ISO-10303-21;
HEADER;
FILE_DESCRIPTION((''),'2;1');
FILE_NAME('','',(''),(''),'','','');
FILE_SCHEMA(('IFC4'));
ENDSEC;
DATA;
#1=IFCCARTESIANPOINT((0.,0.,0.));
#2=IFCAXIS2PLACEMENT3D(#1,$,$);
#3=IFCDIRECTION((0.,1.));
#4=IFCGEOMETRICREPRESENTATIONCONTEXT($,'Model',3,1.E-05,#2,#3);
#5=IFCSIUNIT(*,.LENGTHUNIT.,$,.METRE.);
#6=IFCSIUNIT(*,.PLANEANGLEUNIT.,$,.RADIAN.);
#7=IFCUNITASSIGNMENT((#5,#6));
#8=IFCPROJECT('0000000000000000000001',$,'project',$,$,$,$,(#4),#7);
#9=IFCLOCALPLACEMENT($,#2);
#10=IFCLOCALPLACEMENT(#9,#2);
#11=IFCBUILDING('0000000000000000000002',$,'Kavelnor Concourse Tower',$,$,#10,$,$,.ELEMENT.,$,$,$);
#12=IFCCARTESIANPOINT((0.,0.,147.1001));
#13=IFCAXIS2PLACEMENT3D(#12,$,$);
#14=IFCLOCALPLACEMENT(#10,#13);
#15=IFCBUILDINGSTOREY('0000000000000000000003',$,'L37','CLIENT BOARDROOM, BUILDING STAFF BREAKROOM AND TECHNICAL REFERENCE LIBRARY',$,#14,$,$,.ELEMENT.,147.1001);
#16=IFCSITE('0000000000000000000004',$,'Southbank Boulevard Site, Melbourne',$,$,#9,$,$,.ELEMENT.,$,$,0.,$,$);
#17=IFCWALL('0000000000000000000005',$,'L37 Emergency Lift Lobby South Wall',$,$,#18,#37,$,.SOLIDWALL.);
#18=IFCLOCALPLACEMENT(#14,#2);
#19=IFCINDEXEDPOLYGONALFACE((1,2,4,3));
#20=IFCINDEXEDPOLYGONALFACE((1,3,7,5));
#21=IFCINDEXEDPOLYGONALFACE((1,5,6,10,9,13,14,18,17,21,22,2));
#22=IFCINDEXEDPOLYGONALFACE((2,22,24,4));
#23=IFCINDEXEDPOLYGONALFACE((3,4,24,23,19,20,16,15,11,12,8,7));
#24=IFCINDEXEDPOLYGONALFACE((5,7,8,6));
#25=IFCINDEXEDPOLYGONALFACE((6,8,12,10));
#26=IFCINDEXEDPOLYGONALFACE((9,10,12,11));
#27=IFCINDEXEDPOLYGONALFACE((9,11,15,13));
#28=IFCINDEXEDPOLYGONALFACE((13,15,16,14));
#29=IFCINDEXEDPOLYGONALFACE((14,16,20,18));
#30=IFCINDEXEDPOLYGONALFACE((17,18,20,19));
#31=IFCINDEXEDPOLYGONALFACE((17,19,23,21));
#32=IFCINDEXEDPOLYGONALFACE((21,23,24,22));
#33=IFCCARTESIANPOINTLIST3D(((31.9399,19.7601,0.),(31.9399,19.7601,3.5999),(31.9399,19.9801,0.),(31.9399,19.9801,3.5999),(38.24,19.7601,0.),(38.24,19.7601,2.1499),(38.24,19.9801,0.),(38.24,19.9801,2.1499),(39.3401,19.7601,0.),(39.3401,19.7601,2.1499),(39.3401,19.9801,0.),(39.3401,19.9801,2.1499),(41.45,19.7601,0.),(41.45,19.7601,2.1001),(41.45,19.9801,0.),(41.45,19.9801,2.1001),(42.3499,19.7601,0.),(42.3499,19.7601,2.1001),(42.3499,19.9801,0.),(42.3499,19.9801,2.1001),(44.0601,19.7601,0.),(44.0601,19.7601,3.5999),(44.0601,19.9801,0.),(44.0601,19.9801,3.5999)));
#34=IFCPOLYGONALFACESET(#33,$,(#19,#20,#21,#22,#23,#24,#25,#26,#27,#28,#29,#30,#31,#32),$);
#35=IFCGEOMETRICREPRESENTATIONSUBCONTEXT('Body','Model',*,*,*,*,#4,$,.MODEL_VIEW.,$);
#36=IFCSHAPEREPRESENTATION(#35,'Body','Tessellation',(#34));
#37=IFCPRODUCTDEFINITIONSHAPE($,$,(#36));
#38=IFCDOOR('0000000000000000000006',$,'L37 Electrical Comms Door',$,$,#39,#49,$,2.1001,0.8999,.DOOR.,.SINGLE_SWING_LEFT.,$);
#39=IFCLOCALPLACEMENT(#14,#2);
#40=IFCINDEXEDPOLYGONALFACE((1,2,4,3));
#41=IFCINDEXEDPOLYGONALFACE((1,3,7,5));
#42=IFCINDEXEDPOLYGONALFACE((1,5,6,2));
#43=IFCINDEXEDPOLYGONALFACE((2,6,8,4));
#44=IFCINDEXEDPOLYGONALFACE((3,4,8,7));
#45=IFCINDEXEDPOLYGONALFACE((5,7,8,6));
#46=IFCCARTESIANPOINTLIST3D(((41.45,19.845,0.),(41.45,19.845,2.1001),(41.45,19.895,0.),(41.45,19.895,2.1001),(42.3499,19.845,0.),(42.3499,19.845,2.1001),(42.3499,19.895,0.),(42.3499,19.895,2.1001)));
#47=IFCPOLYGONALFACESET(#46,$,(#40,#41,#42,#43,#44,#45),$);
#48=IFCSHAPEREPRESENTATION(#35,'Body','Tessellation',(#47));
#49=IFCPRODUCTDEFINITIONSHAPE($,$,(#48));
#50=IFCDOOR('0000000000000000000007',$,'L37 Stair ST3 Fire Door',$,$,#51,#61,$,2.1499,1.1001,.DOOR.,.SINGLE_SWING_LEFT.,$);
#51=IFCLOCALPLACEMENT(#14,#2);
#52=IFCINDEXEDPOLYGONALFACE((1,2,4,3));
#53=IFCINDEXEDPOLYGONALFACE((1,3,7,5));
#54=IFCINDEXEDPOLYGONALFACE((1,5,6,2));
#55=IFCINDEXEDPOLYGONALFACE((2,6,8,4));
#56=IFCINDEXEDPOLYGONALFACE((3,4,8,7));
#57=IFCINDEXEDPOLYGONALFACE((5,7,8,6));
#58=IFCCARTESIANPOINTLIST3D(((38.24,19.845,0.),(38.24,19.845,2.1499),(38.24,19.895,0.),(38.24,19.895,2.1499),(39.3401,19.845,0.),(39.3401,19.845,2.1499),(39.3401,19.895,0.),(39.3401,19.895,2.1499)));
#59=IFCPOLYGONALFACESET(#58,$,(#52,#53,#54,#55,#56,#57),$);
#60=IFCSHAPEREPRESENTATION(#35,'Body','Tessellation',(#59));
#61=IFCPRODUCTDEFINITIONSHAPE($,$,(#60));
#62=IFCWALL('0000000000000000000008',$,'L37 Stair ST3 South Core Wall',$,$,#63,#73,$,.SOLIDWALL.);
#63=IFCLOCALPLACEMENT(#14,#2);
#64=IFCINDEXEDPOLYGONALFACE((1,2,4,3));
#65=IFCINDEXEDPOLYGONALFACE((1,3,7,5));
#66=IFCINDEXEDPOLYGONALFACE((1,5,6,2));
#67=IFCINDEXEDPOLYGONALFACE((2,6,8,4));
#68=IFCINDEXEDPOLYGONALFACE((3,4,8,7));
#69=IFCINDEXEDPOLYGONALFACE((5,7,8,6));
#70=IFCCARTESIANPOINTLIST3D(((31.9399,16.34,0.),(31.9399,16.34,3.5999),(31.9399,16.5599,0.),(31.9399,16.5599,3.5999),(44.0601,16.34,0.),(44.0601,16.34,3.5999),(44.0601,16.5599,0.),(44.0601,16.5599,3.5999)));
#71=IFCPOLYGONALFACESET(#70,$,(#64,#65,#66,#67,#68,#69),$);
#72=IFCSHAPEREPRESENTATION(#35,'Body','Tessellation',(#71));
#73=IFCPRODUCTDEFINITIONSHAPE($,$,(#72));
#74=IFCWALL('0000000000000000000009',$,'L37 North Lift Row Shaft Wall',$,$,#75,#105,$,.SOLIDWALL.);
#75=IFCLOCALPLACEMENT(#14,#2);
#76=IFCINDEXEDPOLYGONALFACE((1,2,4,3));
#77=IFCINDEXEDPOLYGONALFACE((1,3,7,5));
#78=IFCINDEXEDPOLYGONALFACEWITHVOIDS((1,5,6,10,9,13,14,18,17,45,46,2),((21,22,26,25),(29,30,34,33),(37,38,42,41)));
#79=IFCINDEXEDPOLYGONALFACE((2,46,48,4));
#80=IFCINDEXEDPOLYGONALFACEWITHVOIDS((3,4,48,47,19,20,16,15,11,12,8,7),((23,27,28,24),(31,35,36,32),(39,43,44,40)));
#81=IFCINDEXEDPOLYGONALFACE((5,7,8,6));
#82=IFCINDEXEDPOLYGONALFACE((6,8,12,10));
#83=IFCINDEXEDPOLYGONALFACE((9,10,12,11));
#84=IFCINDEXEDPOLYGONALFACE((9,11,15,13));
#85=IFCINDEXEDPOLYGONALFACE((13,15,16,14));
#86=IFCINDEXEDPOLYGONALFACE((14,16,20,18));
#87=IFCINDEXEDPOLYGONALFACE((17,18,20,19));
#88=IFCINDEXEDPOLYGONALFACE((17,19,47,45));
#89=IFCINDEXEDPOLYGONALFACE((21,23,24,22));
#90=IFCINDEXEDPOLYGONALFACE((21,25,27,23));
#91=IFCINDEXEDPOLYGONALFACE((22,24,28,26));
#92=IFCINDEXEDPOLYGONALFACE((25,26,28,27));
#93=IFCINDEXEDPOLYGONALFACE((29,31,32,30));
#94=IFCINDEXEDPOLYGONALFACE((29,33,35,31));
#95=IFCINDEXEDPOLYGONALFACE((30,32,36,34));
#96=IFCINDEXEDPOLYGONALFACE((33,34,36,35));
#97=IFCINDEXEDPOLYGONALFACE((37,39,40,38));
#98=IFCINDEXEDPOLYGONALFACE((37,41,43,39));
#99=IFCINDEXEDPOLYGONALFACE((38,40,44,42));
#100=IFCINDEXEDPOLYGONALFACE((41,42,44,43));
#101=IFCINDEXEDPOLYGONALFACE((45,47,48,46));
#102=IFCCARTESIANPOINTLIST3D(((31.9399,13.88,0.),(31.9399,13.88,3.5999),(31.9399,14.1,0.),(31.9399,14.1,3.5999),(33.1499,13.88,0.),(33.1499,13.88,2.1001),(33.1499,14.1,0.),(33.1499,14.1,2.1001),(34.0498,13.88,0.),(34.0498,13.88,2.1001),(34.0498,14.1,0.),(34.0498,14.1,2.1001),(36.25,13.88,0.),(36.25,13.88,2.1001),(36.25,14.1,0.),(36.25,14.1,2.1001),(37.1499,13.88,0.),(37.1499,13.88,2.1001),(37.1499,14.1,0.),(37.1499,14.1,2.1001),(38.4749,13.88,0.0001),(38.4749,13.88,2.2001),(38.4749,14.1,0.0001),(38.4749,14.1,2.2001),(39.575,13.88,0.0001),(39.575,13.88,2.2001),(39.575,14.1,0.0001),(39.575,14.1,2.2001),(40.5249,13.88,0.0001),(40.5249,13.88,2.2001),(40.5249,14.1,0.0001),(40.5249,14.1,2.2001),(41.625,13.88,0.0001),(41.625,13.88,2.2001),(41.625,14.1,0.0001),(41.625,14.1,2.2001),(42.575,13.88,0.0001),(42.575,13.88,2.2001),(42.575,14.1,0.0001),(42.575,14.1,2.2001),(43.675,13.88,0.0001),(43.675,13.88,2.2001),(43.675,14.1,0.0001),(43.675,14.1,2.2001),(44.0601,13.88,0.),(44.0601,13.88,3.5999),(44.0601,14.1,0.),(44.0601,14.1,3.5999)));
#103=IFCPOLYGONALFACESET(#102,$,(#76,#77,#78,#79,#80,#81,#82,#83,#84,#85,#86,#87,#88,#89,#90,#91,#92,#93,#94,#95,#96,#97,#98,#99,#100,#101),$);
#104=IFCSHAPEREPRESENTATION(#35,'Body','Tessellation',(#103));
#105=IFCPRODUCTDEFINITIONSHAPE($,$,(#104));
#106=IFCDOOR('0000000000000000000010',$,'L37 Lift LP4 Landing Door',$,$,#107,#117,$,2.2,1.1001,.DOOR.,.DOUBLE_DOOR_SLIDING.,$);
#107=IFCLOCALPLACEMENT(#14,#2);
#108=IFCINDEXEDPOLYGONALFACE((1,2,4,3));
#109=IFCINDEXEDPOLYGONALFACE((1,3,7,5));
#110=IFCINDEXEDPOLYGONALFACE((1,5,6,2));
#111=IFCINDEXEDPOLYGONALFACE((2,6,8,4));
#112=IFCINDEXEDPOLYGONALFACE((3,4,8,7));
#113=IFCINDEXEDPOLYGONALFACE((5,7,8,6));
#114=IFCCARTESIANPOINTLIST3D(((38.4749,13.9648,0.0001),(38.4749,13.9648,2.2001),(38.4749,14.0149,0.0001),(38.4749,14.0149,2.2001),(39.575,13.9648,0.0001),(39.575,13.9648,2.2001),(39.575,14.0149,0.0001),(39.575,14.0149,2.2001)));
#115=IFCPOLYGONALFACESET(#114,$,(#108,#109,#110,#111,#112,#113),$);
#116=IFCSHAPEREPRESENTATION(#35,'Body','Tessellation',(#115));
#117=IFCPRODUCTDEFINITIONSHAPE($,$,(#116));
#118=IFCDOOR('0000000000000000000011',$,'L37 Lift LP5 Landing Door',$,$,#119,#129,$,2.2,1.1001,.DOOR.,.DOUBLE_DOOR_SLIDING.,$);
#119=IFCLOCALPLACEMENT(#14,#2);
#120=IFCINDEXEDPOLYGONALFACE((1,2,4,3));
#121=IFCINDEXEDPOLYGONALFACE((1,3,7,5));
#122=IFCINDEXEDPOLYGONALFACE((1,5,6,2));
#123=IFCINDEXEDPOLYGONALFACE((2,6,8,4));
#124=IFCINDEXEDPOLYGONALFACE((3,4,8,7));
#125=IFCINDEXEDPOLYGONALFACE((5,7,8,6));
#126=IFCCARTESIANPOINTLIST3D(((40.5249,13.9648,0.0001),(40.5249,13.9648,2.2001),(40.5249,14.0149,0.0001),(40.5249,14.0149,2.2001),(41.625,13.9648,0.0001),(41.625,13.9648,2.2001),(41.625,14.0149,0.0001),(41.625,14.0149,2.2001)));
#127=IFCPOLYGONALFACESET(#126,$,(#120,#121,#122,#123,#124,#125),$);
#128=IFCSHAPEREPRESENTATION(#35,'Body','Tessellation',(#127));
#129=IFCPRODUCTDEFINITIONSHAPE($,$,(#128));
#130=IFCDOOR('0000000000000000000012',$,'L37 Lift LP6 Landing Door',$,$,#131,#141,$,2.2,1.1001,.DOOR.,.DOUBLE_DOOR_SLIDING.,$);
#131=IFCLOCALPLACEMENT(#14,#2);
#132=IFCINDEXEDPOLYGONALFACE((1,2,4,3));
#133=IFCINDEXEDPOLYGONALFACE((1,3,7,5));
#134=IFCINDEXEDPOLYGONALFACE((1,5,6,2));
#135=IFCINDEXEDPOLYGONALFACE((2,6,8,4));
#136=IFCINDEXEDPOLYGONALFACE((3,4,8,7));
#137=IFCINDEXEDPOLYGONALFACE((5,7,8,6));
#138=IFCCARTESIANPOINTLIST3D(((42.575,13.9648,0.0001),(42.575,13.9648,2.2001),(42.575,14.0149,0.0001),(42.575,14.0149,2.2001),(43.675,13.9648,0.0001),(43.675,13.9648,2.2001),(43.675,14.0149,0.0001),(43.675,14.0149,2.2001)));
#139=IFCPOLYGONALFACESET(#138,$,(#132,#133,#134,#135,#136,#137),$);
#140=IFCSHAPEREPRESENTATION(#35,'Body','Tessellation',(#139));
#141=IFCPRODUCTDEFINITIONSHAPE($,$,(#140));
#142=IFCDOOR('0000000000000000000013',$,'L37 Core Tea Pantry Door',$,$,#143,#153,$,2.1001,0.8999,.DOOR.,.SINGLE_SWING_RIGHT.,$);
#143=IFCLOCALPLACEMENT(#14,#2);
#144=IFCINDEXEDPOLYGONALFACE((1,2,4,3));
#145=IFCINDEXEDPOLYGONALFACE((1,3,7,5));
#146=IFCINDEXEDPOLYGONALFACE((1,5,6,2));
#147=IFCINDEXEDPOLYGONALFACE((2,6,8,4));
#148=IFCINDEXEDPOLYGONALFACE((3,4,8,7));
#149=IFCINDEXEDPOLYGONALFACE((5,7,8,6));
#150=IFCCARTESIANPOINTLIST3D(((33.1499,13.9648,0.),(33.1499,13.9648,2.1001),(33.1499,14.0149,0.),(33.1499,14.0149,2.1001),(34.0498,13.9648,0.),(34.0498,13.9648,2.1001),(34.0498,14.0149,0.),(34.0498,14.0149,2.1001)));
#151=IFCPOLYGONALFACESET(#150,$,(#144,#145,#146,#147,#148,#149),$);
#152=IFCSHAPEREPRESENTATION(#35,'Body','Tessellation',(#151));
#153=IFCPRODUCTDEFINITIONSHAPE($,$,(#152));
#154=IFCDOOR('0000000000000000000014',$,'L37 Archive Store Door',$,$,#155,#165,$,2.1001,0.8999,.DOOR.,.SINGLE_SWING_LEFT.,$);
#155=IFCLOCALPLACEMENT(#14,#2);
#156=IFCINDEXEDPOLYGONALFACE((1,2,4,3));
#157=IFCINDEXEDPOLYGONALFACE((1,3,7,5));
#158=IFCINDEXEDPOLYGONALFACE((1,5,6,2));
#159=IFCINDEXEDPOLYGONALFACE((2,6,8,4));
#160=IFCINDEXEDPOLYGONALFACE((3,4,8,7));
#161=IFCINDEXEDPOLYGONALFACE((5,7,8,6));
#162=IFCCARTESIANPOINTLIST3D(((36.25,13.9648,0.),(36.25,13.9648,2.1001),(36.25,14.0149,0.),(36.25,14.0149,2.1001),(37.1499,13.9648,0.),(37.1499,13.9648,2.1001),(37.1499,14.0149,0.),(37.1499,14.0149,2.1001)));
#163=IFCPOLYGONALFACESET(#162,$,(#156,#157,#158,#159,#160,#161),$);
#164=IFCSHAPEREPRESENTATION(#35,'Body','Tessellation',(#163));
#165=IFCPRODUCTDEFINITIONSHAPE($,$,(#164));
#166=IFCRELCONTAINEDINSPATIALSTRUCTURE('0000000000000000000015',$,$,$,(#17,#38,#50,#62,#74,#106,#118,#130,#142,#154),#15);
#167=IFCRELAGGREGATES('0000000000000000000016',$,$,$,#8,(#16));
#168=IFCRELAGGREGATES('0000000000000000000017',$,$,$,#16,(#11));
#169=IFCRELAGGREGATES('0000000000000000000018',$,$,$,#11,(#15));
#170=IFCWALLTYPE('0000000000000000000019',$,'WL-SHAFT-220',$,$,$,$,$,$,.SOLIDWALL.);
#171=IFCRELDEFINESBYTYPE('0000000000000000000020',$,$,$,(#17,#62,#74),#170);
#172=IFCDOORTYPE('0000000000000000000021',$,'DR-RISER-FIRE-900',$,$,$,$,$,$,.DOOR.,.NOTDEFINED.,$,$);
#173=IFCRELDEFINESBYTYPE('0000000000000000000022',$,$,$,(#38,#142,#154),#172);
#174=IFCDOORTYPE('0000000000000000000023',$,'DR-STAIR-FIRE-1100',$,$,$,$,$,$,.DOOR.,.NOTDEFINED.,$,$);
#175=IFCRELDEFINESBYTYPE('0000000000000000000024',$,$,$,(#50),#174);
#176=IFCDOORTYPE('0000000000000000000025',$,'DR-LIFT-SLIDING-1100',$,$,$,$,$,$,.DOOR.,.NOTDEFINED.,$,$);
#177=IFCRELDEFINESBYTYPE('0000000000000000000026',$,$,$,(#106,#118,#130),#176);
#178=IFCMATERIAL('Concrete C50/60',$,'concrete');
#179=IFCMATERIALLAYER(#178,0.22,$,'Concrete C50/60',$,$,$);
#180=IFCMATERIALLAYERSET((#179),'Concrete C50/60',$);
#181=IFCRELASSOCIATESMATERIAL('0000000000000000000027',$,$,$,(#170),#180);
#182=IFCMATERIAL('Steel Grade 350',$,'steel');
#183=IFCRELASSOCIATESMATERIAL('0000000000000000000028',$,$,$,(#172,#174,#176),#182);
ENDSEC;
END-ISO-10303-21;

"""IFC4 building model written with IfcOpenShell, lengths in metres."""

from ifc_helpers import new_model, si_unit, direction, frame, frame_2d, origin, place, context, subcontext, project, spatial, rectangle, extrude, material, layer, layer_set, type_object, element, fill, save


model = new_model("IFC4")

# Units and contexts
model_context = context("Model", 3, precision=1e-05, world=origin(), true_north=direction((0.0, 1.0)))
body_context = subcontext(model_context, "Body", "Model", "MODEL_VIEW")
ifc_project = project(units=[si_unit("LENGTHUNIT", "METRE"), si_unit("PLANEANGLEUNIT", "RADIAN")], contexts=[model_context])

# Site, building, storey
site_placement = place(None, origin())
site = spatial("IfcSite", under=ifc_project, at=site_placement, Name="Southbank Boulevard Site, Melbourne", CompositionType="ELEMENT", RefElevation=0.0)
building_placement = place(site_placement, origin())
building = spatial("IfcBuilding", under=site, at=building_placement, Name="Kavelnor Concourse Tower", CompositionType="ELEMENT")
storey_placement = place(building_placement, frame((0.0, 0.0, 147.1001)))
storey = spatial("IfcBuildingStorey", under=building, at=storey_placement, Name="L37", Description="CLIENT BOARDROOM, BUILDING STAFF BREAKROOM AND TECHNICAL REFERENCE LIBRARY", CompositionType="ELEMENT", Elevation=147.1001)

# Shared definitions
ifc_material_1 = material(Name="Steel Grade 350", Category="steel")

# Wall, openings, doors
ifc_material_2 = material(Name="Concrete C50/60", Category="concrete")
ifc_layer_1 = layer(ifc_material_2, 0.22, Name="Concrete C50/60")
ifc_layer_set_1 = layer_set([ifc_layer_1], Name="Concrete C50/60")
wall_type_1 = type_object("IfcWallType", Name="WL-SHAFT-220", PredefinedType="SOLIDWALL", material=ifc_layer_set_1)
wall_1_placement = place(storey_placement, frame((31.9399, 19.8701, 0.0), z_axis=(0.0, 0.0, 1.0), x_axis=(1.0, 0.0, 0.0)))
wall_1 = element("IfcWall", 1, at=wall_1_placement, inside=storey, type_object=wall_type_1, Name="L37 Emergency Lift Lobby South Wall", PredefinedType="SOLIDWALL", context=body_context, shape_type="SweptSolid", body=[
    extrude(rectangle(XDim=12.1201, YDim=0.22, at=frame_2d((6.0601, 0.0))), origin(), (0.0, 0.0, 1.0), 3.5999),
])
opening_1_placement = place(wall_1_placement, frame((6.3, 0.0, 0.0)))
opening_1 = element("IfcOpeningElement", 2, at=opening_1_placement, cuts=wall_1, PredefinedType="OPENING", context=body_context, shape_type="SweptSolid", body=[
    extrude(rectangle(XDim=1.1001, YDim=2.1499, at=frame_2d((0.55, 1.075))), frame((0.0, 0.1201, 0.0), z_axis=(0.0, -1.0, 0.0), x_axis=(1.0, 0.0, 0.0)), (0.0, 0.0, 1.0), 0.24),
])
opening_2_placement = place(wall_1_placement, frame((9.51, 0.0, 0.0)))
opening_2 = element("IfcOpeningElement", 3, at=opening_2_placement, cuts=wall_1, PredefinedType="OPENING", context=body_context, shape_type="SweptSolid", body=[
    extrude(rectangle(XDim=0.8999, YDim=2.1001, at=frame_2d((0.45, 1.05))), frame((0.0, 0.1201, 0.0), z_axis=(0.0, -1.0, 0.0), x_axis=(1.0, 0.0, 0.0)), (0.0, 0.0, 1.0), 0.24),
])
door_type_1 = type_object("IfcDoorType", Name="DR-RISER-FIRE-900", OperationType="NOTDEFINED", PredefinedType="DOOR", material=ifc_material_1)
door_1_placement = place(opening_2_placement, origin())
door_1 = element("IfcDoor", 4, at=door_1_placement, inside=storey, type_object=door_type_1, Name="L37 Electrical Comms Door", OperationType="SINGLE_SWING_LEFT", OverallHeight=2.1001, OverallWidth=0.8999, PredefinedType="DOOR", context=body_context, shape_type="SweptSolid", body=[
    extrude(rectangle(XDim=0.8999, YDim=2.1001, at=frame_2d((0.45, 1.05))), frame((0.0, 0.0249, 0.0), z_axis=(0.0, -1.0, 0.0), x_axis=(1.0, 0.0, 0.0)), (0.0, 0.0, 1.0), 0.05),
])
fill(opening_2, door_1)
door_type_2 = type_object("IfcDoorType", Name="DR-STAIR-FIRE-1100", OperationType="NOTDEFINED", PredefinedType="DOOR", material=ifc_material_1)
door_2_placement = place(opening_1_placement, origin())
door_2 = element("IfcDoor", 5, at=door_2_placement, inside=storey, type_object=door_type_2, Name="L37 Stair ST3 Fire Door", OperationType="SINGLE_SWING_LEFT", OverallHeight=2.1499, OverallWidth=1.1001, PredefinedType="DOOR", context=body_context, shape_type="SweptSolid", body=[
    extrude(rectangle(XDim=1.1001, YDim=2.1499, at=frame_2d((0.55, 1.075))), frame((0.0, 0.0249, 0.0), z_axis=(0.0, -1.0, 0.0), x_axis=(1.0, 0.0, 0.0)), (0.0, 0.0, 1.0), 0.05),
])
fill(opening_1, door_2)

# Wall
wall_2_placement = place(storey_placement, frame((31.9399, 16.45, 0.0), z_axis=(0.0, 0.0, 1.0), x_axis=(1.0, 0.0, 0.0)))
element("IfcWall", 6, at=wall_2_placement, inside=storey, type_object=wall_type_1, Name="L37 Stair ST3 South Core Wall", PredefinedType="SOLIDWALL", context=body_context, shape_type="SweptSolid", body=[
    extrude(rectangle(XDim=12.1201, YDim=0.22, at=frame_2d((6.0601, 0.0))), origin(), (0.0, 0.0, 1.0), 3.5999),
])

# Wall, openings, doors
wall_3_placement = place(storey_placement, frame((31.9399, 13.99, 0.0), z_axis=(0.0, 0.0, 1.0), x_axis=(1.0, 0.0, 0.0)))
wall_3 = element("IfcWall", 7, at=wall_3_placement, inside=storey, type_object=wall_type_1, Name="L37 North Lift Row Shaft Wall", PredefinedType="SOLIDWALL", context=body_context, shape_type="SweptSolid", body=[
    extrude(rectangle(XDim=12.1201, YDim=0.22, at=frame_2d((6.0601, 0.0))), origin(), (0.0, 0.0, 1.0), 3.5999),
])
opening_3_placement = place(wall_3_placement, frame((1.21, 0.0, 0.0)))
opening_3 = element("IfcOpeningElement", 8, at=opening_3_placement, cuts=wall_3, PredefinedType="OPENING", context=body_context, shape_type="SweptSolid", body=[
    extrude(rectangle(XDim=0.8999, YDim=2.1001, at=frame_2d((0.45, 1.05))), frame((0.0, 0.1201, 0.0), z_axis=(0.0, -1.0, 0.0), x_axis=(1.0, 0.0, 0.0)), (0.0, 0.0, 1.0), 0.24),
])
opening_4_placement = place(wall_3_placement, frame((4.3101, 0.0, 0.0)))
opening_4 = element("IfcOpeningElement", 9, at=opening_4_placement, cuts=wall_3, PredefinedType="OPENING", context=body_context, shape_type="SweptSolid", body=[
    extrude(rectangle(XDim=0.8999, YDim=2.1001, at=frame_2d((0.45, 1.05))), frame((0.0, 0.1201, 0.0), z_axis=(0.0, -1.0, 0.0), x_axis=(1.0, 0.0, 0.0)), (0.0, 0.0, 1.0), 0.24),
])
opening_5_placement = place(wall_3_placement, frame((6.5349, 0.0, 0.0)))
opening_5 = element("IfcOpeningElement", 10, at=opening_5_placement, cuts=wall_3, PredefinedType="OPENING", context=body_context, shape_type="SweptSolid", body=[
    extrude(rectangle(XDim=1.1001, YDim=2.2, at=frame_2d((0.55, 1.1001))), frame((0.0, 0.1201, 0.0), z_axis=(0.0, -1.0, 0.0), x_axis=(1.0, 0.0, 0.0)), (0.0, 0.0, 1.0), 0.24),
])
opening_6_placement = place(wall_3_placement, frame((8.585, 0.0, 0.0)))
opening_6 = element("IfcOpeningElement", 11, at=opening_6_placement, cuts=wall_3, PredefinedType="OPENING", context=body_context, shape_type="SweptSolid", body=[
    extrude(rectangle(XDim=1.1001, YDim=2.2, at=frame_2d((0.55, 1.1001))), frame((0.0, 0.1201, 0.0), z_axis=(0.0, -1.0, 0.0), x_axis=(1.0, 0.0, 0.0)), (0.0, 0.0, 1.0), 0.24),
])
opening_7_placement = place(wall_3_placement, frame((10.635, 0.0, 0.0)))
opening_7 = element("IfcOpeningElement", 12, at=opening_7_placement, cuts=wall_3, PredefinedType="OPENING", context=body_context, shape_type="SweptSolid", body=[
    extrude(rectangle(XDim=1.1001, YDim=2.2, at=frame_2d((0.55, 1.1001))), frame((0.0, 0.1201, 0.0), z_axis=(0.0, -1.0, 0.0), x_axis=(1.0, 0.0, 0.0)), (0.0, 0.0, 1.0), 0.24),
])
door_type_3 = type_object("IfcDoorType", Name="DR-LIFT-SLIDING-1100", OperationType="NOTDEFINED", PredefinedType="DOOR", material=ifc_material_1)
door_3_placement = place(opening_5_placement, origin())
door_3 = element("IfcDoor", 13, at=door_3_placement, inside=storey, type_object=door_type_3, Name="L37 Lift LP4 Landing Door", OperationType="DOUBLE_DOOR_SLIDING", OverallHeight=2.2, OverallWidth=1.1001, PredefinedType="DOOR", context=body_context, shape_type="SweptSolid", body=[
    extrude(rectangle(XDim=1.1001, YDim=2.2, at=frame_2d((0.55, 1.1001))), frame((0.0, 0.0249, 0.0), z_axis=(0.0, -1.0, 0.0), x_axis=(1.0, 0.0, 0.0)), (0.0, 0.0, 1.0), 0.05),
])
fill(opening_5, door_3)
door_4_placement = place(opening_6_placement, origin())
door_4 = element("IfcDoor", 14, at=door_4_placement, inside=storey, type_object=door_type_3, Name="L37 Lift LP5 Landing Door", OperationType="DOUBLE_DOOR_SLIDING", OverallHeight=2.2, OverallWidth=1.1001, PredefinedType="DOOR", context=body_context, shape_type="SweptSolid", body=[
    extrude(rectangle(XDim=1.1001, YDim=2.2, at=frame_2d((0.55, 1.1001))), frame((0.0, 0.0249, 0.0), z_axis=(0.0, -1.0, 0.0), x_axis=(1.0, 0.0, 0.0)), (0.0, 0.0, 1.0), 0.05),
])
fill(opening_6, door_4)
door_5_placement = place(opening_7_placement, origin())
door_5 = element("IfcDoor", 15, at=door_5_placement, inside=storey, type_object=door_type_3, Name="L37 Lift LP6 Landing Door", OperationType="DOUBLE_DOOR_SLIDING", OverallHeight=2.2, OverallWidth=1.1001, PredefinedType="DOOR", context=body_context, shape_type="SweptSolid", body=[
    extrude(rectangle(XDim=1.1001, YDim=2.2, at=frame_2d((0.55, 1.1001))), frame((0.0, 0.0249, 0.0), z_axis=(0.0, -1.0, 0.0), x_axis=(1.0, 0.0, 0.0)), (0.0, 0.0, 1.0), 0.05),
])
fill(opening_7, door_5)
door_6_placement = place(opening_3_placement, origin())
door_6 = element("IfcDoor", 16, at=door_6_placement, inside=storey, type_object=door_type_1, Name="L37 Core Tea Pantry Door", OperationType="SINGLE_SWING_RIGHT", OverallHeight=2.1001, OverallWidth=0.8999, PredefinedType="DOOR", context=body_context, shape_type="SweptSolid", body=[
    extrude(rectangle(XDim=0.8999, YDim=2.1001, at=frame_2d((0.45, 1.05))), frame((0.0, 0.0249, 0.0), z_axis=(0.0, -1.0, 0.0), x_axis=(1.0, 0.0, 0.0)), (0.0, 0.0, 1.0), 0.05),
])
fill(opening_3, door_6)
door_7_placement = place(opening_4_placement, origin())
door_7 = element("IfcDoor", 17, at=door_7_placement, inside=storey, type_object=door_type_1, Name="L37 Archive Store Door", OperationType="SINGLE_SWING_LEFT", OverallHeight=2.1001, OverallWidth=0.8999, PredefinedType="DOOR", context=body_context, shape_type="SweptSolid", body=[
    extrude(rectangle(XDim=0.8999, YDim=2.1001, at=frame_2d((0.45, 1.05))), frame((0.0, 0.0249, 0.0), z_axis=(0.0, -1.0, 0.0), x_axis=(1.0, 0.0, 0.0)), (0.0, 0.0, 1.0), 0.05),
])
fill(opening_4, door_7)

save(model, "model.ifc")
